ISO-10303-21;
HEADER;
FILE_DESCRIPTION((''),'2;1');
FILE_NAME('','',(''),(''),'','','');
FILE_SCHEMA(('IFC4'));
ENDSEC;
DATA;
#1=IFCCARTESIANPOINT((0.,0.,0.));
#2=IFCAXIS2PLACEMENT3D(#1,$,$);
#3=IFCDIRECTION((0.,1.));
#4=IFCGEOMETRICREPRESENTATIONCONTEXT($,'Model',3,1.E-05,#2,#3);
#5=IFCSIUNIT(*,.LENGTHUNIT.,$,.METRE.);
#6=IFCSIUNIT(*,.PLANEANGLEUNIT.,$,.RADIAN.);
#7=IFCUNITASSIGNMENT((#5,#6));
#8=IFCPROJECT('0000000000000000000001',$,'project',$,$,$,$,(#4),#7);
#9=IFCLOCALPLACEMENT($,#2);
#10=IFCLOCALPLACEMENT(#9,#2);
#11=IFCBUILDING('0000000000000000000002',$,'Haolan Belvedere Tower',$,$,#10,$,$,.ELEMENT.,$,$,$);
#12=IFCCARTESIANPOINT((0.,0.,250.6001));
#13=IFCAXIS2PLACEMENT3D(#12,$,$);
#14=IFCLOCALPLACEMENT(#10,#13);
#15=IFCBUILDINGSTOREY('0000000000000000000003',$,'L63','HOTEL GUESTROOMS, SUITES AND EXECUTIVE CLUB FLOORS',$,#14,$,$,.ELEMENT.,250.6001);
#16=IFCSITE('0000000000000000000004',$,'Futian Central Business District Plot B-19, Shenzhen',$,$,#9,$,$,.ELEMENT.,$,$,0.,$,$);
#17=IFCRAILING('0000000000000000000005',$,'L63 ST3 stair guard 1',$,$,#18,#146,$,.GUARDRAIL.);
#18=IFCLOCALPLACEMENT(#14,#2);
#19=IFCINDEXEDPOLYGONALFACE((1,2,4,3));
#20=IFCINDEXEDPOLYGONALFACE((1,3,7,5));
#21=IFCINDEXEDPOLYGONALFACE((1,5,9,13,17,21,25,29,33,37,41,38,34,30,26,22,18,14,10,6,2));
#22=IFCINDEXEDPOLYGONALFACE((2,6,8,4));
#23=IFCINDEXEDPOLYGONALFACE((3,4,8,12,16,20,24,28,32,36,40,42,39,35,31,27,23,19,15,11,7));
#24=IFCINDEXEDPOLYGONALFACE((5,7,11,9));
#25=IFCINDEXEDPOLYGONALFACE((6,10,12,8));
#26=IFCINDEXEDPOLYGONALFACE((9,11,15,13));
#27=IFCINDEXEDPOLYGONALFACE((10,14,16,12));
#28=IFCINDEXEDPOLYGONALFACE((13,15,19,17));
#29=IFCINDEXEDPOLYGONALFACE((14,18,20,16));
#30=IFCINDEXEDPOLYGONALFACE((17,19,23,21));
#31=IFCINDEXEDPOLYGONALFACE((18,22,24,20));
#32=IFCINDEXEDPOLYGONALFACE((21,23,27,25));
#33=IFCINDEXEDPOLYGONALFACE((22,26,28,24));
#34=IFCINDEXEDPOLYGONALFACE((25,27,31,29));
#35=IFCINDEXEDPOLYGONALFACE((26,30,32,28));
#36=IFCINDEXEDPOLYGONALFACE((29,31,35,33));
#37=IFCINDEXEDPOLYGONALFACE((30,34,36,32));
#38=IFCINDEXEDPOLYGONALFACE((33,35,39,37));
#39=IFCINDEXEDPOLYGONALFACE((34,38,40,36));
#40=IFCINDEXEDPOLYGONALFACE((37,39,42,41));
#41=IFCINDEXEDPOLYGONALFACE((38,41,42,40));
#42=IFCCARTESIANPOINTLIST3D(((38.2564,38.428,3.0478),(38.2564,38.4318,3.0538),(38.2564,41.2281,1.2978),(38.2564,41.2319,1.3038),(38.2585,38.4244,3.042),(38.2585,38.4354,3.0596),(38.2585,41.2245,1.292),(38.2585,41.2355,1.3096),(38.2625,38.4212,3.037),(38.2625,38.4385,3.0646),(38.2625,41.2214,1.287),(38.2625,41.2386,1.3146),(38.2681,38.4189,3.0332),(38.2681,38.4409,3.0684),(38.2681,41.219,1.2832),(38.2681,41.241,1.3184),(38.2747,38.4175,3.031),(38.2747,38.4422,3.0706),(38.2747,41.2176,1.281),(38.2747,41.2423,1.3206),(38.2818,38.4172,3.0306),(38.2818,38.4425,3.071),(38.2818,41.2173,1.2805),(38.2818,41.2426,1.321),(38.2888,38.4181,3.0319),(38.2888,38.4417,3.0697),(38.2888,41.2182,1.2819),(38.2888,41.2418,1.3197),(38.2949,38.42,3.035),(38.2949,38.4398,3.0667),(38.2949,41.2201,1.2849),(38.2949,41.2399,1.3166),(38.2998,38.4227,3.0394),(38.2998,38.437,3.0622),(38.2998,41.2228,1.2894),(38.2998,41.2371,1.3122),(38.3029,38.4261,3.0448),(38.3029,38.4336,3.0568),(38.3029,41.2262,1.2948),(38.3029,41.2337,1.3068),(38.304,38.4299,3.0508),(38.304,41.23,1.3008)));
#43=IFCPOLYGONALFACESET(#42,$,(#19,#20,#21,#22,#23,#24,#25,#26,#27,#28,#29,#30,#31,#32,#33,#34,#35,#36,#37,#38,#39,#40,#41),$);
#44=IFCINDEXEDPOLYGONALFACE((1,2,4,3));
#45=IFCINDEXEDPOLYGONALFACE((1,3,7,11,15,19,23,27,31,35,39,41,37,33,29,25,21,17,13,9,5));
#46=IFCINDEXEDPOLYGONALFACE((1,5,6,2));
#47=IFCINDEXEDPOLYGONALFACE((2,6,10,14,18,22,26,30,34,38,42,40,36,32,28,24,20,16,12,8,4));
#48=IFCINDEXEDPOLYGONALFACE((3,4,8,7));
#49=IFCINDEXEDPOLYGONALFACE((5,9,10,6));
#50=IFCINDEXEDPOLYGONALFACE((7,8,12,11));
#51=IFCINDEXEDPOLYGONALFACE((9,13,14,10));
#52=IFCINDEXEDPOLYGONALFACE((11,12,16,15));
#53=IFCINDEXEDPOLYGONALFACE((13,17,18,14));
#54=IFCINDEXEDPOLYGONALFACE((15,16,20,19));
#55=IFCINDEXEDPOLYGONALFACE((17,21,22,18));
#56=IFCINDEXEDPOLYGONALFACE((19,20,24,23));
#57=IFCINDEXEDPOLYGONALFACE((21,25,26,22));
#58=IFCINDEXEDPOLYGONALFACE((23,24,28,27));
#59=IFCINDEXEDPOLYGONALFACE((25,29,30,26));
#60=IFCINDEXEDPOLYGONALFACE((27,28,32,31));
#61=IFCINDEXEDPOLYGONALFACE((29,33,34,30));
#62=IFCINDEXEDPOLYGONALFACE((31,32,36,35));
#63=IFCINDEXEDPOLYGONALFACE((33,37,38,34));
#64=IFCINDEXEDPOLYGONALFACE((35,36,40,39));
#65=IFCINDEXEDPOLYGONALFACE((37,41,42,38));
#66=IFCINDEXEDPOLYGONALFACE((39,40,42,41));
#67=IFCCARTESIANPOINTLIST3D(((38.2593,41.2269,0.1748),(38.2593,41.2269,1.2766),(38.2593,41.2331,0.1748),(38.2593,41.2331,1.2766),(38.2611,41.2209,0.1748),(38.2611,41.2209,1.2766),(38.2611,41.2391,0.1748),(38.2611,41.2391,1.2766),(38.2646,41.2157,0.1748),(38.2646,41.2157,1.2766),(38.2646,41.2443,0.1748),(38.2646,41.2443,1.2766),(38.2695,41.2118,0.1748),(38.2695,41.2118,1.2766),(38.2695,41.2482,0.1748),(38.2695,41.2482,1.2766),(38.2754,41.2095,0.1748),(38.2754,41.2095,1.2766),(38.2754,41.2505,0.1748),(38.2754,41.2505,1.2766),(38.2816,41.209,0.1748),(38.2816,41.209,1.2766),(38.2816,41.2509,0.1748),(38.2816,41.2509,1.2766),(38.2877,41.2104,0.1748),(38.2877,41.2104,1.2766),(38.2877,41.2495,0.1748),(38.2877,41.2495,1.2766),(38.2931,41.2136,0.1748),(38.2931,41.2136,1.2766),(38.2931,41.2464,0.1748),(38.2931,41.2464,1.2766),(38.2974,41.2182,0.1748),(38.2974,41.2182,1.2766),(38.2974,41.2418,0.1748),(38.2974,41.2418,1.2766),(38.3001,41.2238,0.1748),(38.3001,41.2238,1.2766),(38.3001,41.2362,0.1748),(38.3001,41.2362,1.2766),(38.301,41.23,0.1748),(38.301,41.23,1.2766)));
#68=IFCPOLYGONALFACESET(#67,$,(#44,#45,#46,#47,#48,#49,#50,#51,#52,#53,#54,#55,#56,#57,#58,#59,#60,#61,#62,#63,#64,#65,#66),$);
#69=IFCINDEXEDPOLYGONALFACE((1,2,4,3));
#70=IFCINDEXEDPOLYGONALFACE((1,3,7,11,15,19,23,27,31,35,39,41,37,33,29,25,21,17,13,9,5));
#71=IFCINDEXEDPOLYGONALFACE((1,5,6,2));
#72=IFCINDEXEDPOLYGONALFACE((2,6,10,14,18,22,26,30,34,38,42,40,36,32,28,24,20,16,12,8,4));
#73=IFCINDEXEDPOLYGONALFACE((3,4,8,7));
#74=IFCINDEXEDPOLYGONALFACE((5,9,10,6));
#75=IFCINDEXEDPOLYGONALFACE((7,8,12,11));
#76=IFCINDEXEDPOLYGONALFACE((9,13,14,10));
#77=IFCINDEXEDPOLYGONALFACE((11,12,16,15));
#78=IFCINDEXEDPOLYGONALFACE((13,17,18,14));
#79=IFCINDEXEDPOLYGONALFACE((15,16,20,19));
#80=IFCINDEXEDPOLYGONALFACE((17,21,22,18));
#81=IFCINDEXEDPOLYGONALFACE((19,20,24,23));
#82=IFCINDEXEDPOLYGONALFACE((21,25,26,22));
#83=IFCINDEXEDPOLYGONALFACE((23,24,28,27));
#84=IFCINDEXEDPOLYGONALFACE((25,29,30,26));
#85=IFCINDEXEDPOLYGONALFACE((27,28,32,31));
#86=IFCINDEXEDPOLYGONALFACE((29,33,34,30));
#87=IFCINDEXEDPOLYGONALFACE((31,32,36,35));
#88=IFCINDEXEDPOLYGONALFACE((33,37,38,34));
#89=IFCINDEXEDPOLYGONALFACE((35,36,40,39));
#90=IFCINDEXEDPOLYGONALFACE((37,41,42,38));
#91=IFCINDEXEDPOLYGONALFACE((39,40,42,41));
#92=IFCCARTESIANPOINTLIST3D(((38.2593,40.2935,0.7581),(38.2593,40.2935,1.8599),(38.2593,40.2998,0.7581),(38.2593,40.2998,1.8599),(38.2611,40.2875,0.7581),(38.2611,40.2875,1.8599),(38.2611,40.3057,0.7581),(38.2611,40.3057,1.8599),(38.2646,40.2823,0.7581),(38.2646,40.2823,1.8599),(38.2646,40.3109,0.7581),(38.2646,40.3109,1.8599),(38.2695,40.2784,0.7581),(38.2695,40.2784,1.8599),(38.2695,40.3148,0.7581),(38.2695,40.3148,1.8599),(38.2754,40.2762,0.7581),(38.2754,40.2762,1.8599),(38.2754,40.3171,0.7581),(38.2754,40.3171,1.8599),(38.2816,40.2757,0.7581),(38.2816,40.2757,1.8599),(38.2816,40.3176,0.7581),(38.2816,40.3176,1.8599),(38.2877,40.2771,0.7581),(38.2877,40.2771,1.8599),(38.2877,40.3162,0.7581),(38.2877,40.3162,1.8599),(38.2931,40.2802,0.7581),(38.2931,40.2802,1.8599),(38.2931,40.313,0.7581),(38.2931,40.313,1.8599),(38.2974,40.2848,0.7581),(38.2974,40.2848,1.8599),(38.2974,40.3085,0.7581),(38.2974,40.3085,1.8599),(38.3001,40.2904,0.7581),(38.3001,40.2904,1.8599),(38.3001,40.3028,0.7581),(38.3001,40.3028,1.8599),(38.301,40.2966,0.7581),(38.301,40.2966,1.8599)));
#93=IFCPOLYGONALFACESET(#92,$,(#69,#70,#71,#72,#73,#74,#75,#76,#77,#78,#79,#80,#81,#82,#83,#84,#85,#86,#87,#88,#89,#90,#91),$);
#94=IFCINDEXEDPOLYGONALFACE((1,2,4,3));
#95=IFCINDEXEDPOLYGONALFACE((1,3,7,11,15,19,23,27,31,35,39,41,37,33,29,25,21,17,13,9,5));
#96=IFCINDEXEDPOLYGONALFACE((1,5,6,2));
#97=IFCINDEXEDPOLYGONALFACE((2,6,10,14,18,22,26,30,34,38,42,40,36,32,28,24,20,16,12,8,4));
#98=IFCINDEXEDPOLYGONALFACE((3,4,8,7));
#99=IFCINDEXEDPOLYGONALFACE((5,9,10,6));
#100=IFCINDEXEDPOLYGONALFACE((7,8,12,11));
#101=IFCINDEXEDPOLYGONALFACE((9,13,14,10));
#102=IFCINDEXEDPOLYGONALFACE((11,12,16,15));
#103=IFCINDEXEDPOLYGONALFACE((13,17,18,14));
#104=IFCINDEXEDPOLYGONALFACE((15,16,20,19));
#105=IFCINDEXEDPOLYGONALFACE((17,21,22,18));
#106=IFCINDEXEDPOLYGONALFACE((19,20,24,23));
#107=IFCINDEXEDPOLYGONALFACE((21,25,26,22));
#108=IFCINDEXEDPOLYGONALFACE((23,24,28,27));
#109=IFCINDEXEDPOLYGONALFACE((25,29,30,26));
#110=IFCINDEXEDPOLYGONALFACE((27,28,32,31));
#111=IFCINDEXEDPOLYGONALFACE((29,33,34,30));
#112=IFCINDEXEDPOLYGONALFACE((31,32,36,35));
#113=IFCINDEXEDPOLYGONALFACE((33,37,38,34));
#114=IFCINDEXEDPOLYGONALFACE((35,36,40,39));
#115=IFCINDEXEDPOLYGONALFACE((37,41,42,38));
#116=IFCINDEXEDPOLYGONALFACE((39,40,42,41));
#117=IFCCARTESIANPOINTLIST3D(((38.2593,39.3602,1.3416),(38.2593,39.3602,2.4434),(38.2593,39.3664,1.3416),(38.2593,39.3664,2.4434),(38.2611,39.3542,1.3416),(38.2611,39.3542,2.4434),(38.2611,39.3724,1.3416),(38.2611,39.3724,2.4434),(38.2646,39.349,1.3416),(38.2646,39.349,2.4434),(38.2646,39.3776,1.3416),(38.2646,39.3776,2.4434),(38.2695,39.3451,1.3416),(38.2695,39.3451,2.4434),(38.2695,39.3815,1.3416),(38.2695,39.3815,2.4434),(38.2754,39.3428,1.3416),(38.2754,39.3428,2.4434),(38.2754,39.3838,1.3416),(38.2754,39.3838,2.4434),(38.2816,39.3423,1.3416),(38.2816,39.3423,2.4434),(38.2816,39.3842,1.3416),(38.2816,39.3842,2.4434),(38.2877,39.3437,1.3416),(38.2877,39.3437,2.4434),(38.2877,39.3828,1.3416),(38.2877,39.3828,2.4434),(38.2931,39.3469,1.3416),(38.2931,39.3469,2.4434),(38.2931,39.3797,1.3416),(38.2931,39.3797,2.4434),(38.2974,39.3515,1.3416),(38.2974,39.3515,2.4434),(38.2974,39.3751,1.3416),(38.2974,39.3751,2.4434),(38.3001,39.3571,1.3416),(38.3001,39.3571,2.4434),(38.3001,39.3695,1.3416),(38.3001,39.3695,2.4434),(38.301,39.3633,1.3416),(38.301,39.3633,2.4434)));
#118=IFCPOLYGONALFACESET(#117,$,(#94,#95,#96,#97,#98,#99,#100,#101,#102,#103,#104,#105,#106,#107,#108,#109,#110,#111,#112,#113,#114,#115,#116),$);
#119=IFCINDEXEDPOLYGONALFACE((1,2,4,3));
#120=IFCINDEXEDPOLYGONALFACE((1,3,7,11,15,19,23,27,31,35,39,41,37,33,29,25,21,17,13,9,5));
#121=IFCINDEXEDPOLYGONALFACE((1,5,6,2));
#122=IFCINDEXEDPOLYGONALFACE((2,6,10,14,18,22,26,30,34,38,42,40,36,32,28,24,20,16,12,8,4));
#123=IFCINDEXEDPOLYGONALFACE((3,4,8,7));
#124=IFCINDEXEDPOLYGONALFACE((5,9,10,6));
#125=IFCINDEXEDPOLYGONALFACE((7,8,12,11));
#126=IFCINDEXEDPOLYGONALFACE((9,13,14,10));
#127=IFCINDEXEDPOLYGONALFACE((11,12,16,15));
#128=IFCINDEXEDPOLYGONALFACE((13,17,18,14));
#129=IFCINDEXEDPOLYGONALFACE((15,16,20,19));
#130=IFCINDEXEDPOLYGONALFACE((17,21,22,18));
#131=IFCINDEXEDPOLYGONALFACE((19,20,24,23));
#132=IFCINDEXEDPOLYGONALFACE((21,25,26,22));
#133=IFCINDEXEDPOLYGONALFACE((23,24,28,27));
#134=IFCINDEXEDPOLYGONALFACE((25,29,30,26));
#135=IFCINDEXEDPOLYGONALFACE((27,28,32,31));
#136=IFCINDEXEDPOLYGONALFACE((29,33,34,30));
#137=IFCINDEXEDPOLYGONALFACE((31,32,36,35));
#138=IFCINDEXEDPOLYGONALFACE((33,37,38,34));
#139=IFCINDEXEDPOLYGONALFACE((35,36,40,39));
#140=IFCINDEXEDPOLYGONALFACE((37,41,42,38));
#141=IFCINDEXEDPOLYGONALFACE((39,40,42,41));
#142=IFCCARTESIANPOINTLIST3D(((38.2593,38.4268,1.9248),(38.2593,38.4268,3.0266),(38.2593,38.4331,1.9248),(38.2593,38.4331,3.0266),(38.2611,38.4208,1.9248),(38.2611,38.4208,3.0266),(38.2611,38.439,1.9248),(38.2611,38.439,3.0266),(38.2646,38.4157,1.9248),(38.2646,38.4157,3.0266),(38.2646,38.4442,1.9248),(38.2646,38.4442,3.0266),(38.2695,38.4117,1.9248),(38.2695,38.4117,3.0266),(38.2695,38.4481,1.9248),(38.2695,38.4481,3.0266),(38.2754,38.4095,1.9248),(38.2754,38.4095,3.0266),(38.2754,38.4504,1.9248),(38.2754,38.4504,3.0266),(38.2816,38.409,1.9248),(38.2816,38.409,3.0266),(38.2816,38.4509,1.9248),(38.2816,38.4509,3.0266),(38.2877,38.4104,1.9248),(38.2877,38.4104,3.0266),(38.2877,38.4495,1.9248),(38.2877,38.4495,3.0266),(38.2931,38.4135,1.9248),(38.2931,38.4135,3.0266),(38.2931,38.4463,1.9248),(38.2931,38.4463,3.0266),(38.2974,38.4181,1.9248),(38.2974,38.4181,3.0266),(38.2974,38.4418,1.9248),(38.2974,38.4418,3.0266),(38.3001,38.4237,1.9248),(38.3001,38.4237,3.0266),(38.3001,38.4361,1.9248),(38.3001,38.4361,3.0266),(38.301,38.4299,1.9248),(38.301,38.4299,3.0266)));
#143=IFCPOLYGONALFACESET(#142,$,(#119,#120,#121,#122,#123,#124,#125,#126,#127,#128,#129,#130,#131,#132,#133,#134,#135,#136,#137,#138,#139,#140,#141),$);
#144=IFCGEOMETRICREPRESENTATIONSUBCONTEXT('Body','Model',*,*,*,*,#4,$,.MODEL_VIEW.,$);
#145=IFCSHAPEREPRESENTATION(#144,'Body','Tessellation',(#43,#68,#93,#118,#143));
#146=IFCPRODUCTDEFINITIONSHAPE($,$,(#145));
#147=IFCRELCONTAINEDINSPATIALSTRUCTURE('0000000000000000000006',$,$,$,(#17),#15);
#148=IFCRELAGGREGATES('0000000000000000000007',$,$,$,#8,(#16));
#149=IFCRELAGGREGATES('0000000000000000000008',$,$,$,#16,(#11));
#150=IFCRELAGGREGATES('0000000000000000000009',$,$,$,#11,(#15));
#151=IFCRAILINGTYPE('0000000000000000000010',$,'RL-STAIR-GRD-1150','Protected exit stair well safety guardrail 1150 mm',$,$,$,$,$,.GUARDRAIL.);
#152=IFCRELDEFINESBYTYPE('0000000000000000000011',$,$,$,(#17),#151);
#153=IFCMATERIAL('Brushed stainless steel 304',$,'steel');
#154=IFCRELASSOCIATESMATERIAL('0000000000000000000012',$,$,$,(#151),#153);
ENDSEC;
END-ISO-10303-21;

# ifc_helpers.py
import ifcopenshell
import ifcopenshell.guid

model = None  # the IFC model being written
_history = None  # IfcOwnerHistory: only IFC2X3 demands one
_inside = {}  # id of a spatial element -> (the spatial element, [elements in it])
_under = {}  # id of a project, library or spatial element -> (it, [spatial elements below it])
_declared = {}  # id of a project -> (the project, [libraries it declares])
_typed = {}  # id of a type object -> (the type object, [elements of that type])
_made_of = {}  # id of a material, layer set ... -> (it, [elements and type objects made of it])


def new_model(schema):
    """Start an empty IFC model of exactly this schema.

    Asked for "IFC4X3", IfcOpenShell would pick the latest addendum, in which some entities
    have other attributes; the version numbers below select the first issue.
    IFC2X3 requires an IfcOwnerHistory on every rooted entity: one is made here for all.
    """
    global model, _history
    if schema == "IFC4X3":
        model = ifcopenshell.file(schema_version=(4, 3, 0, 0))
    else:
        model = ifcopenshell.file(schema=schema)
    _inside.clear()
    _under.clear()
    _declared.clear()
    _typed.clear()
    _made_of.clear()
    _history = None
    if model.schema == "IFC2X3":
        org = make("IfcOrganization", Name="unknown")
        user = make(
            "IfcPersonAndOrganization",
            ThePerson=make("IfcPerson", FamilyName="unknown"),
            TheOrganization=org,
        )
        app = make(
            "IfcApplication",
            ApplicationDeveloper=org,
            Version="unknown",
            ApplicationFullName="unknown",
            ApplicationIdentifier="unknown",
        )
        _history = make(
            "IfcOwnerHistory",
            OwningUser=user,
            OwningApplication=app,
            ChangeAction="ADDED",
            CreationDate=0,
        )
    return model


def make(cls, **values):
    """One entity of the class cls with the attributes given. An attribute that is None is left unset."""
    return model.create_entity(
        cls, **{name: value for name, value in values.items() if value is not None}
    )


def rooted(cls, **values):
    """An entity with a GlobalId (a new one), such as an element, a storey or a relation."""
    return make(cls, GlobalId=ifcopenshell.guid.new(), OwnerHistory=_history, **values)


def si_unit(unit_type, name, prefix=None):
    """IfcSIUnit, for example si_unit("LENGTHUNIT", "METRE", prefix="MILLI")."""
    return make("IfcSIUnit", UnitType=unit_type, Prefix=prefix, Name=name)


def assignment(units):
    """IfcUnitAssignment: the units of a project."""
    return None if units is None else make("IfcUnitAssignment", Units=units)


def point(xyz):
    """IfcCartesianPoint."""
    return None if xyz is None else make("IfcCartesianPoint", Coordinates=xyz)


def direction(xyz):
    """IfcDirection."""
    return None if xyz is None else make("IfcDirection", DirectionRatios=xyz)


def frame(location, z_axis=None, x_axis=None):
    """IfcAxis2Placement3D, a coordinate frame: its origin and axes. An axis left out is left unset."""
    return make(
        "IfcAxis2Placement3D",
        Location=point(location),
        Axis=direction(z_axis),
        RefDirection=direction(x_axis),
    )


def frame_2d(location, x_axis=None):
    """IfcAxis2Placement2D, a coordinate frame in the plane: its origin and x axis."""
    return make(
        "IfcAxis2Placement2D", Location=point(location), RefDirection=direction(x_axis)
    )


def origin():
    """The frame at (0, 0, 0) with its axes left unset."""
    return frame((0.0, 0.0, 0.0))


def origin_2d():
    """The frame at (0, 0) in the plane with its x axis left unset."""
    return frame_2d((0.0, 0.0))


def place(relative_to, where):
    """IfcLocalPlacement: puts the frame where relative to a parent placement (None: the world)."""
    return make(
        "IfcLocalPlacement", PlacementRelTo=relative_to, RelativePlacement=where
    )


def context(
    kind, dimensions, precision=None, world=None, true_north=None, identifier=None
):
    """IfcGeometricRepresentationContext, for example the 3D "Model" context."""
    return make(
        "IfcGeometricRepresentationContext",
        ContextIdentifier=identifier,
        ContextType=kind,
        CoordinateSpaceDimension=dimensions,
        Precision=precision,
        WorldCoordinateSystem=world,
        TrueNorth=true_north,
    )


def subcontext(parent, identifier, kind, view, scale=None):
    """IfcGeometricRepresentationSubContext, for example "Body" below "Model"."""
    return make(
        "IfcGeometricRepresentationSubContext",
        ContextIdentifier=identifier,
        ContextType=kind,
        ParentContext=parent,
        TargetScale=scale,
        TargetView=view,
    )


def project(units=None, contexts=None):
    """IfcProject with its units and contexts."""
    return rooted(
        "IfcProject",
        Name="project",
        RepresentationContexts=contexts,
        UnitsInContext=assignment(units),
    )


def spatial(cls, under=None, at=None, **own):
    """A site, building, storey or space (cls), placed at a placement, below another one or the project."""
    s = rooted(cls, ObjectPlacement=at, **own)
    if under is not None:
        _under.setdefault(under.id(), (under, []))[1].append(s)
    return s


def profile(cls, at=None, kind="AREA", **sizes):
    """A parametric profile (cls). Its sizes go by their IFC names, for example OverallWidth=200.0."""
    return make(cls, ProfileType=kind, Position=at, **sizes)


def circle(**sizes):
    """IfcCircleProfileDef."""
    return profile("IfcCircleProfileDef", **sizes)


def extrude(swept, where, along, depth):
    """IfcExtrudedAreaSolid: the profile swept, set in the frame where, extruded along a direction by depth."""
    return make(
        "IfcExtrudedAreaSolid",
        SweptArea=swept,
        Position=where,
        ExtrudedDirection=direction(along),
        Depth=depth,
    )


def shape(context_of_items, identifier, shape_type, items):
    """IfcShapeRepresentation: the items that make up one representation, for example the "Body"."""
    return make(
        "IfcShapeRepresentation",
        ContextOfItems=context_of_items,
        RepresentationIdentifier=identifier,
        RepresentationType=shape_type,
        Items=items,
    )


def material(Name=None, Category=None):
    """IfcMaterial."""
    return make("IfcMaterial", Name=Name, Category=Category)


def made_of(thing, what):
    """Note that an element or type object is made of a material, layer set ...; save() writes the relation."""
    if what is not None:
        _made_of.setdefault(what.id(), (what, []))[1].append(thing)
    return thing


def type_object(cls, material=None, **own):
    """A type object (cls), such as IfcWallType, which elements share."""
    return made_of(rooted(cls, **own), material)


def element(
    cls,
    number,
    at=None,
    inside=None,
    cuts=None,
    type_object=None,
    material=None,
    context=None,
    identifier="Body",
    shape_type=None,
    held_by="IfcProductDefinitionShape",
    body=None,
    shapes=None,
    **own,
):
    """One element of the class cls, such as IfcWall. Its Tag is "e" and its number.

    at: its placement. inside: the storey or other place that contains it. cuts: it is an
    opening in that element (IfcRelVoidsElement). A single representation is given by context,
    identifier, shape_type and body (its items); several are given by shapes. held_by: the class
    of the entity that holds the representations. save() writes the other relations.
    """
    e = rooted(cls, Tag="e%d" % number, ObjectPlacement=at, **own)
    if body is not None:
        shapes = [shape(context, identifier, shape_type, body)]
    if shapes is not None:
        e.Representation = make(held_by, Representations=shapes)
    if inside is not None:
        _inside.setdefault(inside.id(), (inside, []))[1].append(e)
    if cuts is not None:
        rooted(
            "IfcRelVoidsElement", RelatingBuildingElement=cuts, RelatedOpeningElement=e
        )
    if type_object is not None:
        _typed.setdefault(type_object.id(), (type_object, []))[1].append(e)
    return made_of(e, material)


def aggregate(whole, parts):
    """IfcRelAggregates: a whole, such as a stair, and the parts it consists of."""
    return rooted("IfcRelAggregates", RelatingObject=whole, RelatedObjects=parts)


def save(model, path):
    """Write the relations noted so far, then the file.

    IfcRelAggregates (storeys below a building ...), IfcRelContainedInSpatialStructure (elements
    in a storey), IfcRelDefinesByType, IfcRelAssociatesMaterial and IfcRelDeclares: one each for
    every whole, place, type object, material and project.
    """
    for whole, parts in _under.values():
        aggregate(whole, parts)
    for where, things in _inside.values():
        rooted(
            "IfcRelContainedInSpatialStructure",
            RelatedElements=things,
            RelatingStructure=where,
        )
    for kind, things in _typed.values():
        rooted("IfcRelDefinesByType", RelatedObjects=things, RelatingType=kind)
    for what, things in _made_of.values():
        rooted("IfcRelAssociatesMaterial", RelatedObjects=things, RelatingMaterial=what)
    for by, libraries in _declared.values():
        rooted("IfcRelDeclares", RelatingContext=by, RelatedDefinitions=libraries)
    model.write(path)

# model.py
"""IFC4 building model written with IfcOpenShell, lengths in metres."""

from ifc_helpers import new_model, si_unit, direction, frame, origin, origin_2d, place, context, subcontext, project, spatial, circle, extrude, material, type_object, element, save


model = new_model("IFC4")

# Units and contexts
model_context = context("Model", 3, precision=1e-05, world=origin(), true_north=direction((0.0, 1.0)))
body_context = subcontext(model_context, "Body", "Model", "MODEL_VIEW")
ifc_project = project(units=[si_unit("LENGTHUNIT", "METRE"), si_unit("PLANEANGLEUNIT", "RADIAN")], contexts=[model_context])

# Site, building, storey
site_placement = place(None, origin())
site = spatial("IfcSite", under=ifc_project, at=site_placement, Name="Futian Central Business District Plot B-19, Shenzhen", CompositionType="ELEMENT", RefElevation=0.0)
building_placement = place(site_placement, origin())
building = spatial("IfcBuilding", under=site, at=building_placement, Name="Haolan Belvedere Tower", CompositionType="ELEMENT")
storey_placement = place(building_placement, frame((0.0, 0.0, 250.6001)))
storey = spatial("IfcBuildingStorey", under=building, at=storey_placement, Name="L63", Description="HOTEL GUESTROOMS, SUITES AND EXECUTIVE CLUB FLOORS", CompositionType="ELEMENT", Elevation=250.6001)

# Railing
ifc_material_1 = material(Name="Brushed stainless steel 304", Category="steel")
railing_type_1 = type_object("IfcRailingType", Name="RL-STAIR-GRD-1150", Description="Protected exit stair well safety guardrail 1150 mm", PredefinedType="GUARDRAIL", material=ifc_material_1)
railing_1_placement = place(storey_placement, frame((38.28, 41.23, 0.1748)))
element("IfcRailing", 1, at=railing_1_placement, inside=storey, type_object=railing_type_1, Name="L63 ST3 stair guard 1", PredefinedType="GUARDRAIL", context=body_context, shape_type="SweptSolid", body=[
    extrude(circle(Radius=0.0239, at=origin_2d()), frame((0.0, 0.0, 1.126), z_axis=(0.0, -0.848002, 0.529992), x_axis=(1.0, 0.0, 0.0)), (0.0, 0.0, 1.0), 3.302),
    extrude(circle(Radius=0.021, at=origin_2d()), origin(), (0.0, 0.0, 1.0), 1.1018),
    extrude(circle(Radius=0.021, at=origin_2d()), frame((0.0, -0.9333, 0.5833)), (0.0, 0.0, 1.0), 1.1018),
    extrude(circle(Radius=0.021, at=origin_2d()), frame((0.0, -1.8667, 1.1667)), (0.0, 0.0, 1.0), 1.1018),
    extrude(circle(Radius=0.021, at=origin_2d()), frame((0.0, -2.8, 1.75)), (0.0, 0.0, 1.0), 1.1018),
])

save(model, "model.ifc")
